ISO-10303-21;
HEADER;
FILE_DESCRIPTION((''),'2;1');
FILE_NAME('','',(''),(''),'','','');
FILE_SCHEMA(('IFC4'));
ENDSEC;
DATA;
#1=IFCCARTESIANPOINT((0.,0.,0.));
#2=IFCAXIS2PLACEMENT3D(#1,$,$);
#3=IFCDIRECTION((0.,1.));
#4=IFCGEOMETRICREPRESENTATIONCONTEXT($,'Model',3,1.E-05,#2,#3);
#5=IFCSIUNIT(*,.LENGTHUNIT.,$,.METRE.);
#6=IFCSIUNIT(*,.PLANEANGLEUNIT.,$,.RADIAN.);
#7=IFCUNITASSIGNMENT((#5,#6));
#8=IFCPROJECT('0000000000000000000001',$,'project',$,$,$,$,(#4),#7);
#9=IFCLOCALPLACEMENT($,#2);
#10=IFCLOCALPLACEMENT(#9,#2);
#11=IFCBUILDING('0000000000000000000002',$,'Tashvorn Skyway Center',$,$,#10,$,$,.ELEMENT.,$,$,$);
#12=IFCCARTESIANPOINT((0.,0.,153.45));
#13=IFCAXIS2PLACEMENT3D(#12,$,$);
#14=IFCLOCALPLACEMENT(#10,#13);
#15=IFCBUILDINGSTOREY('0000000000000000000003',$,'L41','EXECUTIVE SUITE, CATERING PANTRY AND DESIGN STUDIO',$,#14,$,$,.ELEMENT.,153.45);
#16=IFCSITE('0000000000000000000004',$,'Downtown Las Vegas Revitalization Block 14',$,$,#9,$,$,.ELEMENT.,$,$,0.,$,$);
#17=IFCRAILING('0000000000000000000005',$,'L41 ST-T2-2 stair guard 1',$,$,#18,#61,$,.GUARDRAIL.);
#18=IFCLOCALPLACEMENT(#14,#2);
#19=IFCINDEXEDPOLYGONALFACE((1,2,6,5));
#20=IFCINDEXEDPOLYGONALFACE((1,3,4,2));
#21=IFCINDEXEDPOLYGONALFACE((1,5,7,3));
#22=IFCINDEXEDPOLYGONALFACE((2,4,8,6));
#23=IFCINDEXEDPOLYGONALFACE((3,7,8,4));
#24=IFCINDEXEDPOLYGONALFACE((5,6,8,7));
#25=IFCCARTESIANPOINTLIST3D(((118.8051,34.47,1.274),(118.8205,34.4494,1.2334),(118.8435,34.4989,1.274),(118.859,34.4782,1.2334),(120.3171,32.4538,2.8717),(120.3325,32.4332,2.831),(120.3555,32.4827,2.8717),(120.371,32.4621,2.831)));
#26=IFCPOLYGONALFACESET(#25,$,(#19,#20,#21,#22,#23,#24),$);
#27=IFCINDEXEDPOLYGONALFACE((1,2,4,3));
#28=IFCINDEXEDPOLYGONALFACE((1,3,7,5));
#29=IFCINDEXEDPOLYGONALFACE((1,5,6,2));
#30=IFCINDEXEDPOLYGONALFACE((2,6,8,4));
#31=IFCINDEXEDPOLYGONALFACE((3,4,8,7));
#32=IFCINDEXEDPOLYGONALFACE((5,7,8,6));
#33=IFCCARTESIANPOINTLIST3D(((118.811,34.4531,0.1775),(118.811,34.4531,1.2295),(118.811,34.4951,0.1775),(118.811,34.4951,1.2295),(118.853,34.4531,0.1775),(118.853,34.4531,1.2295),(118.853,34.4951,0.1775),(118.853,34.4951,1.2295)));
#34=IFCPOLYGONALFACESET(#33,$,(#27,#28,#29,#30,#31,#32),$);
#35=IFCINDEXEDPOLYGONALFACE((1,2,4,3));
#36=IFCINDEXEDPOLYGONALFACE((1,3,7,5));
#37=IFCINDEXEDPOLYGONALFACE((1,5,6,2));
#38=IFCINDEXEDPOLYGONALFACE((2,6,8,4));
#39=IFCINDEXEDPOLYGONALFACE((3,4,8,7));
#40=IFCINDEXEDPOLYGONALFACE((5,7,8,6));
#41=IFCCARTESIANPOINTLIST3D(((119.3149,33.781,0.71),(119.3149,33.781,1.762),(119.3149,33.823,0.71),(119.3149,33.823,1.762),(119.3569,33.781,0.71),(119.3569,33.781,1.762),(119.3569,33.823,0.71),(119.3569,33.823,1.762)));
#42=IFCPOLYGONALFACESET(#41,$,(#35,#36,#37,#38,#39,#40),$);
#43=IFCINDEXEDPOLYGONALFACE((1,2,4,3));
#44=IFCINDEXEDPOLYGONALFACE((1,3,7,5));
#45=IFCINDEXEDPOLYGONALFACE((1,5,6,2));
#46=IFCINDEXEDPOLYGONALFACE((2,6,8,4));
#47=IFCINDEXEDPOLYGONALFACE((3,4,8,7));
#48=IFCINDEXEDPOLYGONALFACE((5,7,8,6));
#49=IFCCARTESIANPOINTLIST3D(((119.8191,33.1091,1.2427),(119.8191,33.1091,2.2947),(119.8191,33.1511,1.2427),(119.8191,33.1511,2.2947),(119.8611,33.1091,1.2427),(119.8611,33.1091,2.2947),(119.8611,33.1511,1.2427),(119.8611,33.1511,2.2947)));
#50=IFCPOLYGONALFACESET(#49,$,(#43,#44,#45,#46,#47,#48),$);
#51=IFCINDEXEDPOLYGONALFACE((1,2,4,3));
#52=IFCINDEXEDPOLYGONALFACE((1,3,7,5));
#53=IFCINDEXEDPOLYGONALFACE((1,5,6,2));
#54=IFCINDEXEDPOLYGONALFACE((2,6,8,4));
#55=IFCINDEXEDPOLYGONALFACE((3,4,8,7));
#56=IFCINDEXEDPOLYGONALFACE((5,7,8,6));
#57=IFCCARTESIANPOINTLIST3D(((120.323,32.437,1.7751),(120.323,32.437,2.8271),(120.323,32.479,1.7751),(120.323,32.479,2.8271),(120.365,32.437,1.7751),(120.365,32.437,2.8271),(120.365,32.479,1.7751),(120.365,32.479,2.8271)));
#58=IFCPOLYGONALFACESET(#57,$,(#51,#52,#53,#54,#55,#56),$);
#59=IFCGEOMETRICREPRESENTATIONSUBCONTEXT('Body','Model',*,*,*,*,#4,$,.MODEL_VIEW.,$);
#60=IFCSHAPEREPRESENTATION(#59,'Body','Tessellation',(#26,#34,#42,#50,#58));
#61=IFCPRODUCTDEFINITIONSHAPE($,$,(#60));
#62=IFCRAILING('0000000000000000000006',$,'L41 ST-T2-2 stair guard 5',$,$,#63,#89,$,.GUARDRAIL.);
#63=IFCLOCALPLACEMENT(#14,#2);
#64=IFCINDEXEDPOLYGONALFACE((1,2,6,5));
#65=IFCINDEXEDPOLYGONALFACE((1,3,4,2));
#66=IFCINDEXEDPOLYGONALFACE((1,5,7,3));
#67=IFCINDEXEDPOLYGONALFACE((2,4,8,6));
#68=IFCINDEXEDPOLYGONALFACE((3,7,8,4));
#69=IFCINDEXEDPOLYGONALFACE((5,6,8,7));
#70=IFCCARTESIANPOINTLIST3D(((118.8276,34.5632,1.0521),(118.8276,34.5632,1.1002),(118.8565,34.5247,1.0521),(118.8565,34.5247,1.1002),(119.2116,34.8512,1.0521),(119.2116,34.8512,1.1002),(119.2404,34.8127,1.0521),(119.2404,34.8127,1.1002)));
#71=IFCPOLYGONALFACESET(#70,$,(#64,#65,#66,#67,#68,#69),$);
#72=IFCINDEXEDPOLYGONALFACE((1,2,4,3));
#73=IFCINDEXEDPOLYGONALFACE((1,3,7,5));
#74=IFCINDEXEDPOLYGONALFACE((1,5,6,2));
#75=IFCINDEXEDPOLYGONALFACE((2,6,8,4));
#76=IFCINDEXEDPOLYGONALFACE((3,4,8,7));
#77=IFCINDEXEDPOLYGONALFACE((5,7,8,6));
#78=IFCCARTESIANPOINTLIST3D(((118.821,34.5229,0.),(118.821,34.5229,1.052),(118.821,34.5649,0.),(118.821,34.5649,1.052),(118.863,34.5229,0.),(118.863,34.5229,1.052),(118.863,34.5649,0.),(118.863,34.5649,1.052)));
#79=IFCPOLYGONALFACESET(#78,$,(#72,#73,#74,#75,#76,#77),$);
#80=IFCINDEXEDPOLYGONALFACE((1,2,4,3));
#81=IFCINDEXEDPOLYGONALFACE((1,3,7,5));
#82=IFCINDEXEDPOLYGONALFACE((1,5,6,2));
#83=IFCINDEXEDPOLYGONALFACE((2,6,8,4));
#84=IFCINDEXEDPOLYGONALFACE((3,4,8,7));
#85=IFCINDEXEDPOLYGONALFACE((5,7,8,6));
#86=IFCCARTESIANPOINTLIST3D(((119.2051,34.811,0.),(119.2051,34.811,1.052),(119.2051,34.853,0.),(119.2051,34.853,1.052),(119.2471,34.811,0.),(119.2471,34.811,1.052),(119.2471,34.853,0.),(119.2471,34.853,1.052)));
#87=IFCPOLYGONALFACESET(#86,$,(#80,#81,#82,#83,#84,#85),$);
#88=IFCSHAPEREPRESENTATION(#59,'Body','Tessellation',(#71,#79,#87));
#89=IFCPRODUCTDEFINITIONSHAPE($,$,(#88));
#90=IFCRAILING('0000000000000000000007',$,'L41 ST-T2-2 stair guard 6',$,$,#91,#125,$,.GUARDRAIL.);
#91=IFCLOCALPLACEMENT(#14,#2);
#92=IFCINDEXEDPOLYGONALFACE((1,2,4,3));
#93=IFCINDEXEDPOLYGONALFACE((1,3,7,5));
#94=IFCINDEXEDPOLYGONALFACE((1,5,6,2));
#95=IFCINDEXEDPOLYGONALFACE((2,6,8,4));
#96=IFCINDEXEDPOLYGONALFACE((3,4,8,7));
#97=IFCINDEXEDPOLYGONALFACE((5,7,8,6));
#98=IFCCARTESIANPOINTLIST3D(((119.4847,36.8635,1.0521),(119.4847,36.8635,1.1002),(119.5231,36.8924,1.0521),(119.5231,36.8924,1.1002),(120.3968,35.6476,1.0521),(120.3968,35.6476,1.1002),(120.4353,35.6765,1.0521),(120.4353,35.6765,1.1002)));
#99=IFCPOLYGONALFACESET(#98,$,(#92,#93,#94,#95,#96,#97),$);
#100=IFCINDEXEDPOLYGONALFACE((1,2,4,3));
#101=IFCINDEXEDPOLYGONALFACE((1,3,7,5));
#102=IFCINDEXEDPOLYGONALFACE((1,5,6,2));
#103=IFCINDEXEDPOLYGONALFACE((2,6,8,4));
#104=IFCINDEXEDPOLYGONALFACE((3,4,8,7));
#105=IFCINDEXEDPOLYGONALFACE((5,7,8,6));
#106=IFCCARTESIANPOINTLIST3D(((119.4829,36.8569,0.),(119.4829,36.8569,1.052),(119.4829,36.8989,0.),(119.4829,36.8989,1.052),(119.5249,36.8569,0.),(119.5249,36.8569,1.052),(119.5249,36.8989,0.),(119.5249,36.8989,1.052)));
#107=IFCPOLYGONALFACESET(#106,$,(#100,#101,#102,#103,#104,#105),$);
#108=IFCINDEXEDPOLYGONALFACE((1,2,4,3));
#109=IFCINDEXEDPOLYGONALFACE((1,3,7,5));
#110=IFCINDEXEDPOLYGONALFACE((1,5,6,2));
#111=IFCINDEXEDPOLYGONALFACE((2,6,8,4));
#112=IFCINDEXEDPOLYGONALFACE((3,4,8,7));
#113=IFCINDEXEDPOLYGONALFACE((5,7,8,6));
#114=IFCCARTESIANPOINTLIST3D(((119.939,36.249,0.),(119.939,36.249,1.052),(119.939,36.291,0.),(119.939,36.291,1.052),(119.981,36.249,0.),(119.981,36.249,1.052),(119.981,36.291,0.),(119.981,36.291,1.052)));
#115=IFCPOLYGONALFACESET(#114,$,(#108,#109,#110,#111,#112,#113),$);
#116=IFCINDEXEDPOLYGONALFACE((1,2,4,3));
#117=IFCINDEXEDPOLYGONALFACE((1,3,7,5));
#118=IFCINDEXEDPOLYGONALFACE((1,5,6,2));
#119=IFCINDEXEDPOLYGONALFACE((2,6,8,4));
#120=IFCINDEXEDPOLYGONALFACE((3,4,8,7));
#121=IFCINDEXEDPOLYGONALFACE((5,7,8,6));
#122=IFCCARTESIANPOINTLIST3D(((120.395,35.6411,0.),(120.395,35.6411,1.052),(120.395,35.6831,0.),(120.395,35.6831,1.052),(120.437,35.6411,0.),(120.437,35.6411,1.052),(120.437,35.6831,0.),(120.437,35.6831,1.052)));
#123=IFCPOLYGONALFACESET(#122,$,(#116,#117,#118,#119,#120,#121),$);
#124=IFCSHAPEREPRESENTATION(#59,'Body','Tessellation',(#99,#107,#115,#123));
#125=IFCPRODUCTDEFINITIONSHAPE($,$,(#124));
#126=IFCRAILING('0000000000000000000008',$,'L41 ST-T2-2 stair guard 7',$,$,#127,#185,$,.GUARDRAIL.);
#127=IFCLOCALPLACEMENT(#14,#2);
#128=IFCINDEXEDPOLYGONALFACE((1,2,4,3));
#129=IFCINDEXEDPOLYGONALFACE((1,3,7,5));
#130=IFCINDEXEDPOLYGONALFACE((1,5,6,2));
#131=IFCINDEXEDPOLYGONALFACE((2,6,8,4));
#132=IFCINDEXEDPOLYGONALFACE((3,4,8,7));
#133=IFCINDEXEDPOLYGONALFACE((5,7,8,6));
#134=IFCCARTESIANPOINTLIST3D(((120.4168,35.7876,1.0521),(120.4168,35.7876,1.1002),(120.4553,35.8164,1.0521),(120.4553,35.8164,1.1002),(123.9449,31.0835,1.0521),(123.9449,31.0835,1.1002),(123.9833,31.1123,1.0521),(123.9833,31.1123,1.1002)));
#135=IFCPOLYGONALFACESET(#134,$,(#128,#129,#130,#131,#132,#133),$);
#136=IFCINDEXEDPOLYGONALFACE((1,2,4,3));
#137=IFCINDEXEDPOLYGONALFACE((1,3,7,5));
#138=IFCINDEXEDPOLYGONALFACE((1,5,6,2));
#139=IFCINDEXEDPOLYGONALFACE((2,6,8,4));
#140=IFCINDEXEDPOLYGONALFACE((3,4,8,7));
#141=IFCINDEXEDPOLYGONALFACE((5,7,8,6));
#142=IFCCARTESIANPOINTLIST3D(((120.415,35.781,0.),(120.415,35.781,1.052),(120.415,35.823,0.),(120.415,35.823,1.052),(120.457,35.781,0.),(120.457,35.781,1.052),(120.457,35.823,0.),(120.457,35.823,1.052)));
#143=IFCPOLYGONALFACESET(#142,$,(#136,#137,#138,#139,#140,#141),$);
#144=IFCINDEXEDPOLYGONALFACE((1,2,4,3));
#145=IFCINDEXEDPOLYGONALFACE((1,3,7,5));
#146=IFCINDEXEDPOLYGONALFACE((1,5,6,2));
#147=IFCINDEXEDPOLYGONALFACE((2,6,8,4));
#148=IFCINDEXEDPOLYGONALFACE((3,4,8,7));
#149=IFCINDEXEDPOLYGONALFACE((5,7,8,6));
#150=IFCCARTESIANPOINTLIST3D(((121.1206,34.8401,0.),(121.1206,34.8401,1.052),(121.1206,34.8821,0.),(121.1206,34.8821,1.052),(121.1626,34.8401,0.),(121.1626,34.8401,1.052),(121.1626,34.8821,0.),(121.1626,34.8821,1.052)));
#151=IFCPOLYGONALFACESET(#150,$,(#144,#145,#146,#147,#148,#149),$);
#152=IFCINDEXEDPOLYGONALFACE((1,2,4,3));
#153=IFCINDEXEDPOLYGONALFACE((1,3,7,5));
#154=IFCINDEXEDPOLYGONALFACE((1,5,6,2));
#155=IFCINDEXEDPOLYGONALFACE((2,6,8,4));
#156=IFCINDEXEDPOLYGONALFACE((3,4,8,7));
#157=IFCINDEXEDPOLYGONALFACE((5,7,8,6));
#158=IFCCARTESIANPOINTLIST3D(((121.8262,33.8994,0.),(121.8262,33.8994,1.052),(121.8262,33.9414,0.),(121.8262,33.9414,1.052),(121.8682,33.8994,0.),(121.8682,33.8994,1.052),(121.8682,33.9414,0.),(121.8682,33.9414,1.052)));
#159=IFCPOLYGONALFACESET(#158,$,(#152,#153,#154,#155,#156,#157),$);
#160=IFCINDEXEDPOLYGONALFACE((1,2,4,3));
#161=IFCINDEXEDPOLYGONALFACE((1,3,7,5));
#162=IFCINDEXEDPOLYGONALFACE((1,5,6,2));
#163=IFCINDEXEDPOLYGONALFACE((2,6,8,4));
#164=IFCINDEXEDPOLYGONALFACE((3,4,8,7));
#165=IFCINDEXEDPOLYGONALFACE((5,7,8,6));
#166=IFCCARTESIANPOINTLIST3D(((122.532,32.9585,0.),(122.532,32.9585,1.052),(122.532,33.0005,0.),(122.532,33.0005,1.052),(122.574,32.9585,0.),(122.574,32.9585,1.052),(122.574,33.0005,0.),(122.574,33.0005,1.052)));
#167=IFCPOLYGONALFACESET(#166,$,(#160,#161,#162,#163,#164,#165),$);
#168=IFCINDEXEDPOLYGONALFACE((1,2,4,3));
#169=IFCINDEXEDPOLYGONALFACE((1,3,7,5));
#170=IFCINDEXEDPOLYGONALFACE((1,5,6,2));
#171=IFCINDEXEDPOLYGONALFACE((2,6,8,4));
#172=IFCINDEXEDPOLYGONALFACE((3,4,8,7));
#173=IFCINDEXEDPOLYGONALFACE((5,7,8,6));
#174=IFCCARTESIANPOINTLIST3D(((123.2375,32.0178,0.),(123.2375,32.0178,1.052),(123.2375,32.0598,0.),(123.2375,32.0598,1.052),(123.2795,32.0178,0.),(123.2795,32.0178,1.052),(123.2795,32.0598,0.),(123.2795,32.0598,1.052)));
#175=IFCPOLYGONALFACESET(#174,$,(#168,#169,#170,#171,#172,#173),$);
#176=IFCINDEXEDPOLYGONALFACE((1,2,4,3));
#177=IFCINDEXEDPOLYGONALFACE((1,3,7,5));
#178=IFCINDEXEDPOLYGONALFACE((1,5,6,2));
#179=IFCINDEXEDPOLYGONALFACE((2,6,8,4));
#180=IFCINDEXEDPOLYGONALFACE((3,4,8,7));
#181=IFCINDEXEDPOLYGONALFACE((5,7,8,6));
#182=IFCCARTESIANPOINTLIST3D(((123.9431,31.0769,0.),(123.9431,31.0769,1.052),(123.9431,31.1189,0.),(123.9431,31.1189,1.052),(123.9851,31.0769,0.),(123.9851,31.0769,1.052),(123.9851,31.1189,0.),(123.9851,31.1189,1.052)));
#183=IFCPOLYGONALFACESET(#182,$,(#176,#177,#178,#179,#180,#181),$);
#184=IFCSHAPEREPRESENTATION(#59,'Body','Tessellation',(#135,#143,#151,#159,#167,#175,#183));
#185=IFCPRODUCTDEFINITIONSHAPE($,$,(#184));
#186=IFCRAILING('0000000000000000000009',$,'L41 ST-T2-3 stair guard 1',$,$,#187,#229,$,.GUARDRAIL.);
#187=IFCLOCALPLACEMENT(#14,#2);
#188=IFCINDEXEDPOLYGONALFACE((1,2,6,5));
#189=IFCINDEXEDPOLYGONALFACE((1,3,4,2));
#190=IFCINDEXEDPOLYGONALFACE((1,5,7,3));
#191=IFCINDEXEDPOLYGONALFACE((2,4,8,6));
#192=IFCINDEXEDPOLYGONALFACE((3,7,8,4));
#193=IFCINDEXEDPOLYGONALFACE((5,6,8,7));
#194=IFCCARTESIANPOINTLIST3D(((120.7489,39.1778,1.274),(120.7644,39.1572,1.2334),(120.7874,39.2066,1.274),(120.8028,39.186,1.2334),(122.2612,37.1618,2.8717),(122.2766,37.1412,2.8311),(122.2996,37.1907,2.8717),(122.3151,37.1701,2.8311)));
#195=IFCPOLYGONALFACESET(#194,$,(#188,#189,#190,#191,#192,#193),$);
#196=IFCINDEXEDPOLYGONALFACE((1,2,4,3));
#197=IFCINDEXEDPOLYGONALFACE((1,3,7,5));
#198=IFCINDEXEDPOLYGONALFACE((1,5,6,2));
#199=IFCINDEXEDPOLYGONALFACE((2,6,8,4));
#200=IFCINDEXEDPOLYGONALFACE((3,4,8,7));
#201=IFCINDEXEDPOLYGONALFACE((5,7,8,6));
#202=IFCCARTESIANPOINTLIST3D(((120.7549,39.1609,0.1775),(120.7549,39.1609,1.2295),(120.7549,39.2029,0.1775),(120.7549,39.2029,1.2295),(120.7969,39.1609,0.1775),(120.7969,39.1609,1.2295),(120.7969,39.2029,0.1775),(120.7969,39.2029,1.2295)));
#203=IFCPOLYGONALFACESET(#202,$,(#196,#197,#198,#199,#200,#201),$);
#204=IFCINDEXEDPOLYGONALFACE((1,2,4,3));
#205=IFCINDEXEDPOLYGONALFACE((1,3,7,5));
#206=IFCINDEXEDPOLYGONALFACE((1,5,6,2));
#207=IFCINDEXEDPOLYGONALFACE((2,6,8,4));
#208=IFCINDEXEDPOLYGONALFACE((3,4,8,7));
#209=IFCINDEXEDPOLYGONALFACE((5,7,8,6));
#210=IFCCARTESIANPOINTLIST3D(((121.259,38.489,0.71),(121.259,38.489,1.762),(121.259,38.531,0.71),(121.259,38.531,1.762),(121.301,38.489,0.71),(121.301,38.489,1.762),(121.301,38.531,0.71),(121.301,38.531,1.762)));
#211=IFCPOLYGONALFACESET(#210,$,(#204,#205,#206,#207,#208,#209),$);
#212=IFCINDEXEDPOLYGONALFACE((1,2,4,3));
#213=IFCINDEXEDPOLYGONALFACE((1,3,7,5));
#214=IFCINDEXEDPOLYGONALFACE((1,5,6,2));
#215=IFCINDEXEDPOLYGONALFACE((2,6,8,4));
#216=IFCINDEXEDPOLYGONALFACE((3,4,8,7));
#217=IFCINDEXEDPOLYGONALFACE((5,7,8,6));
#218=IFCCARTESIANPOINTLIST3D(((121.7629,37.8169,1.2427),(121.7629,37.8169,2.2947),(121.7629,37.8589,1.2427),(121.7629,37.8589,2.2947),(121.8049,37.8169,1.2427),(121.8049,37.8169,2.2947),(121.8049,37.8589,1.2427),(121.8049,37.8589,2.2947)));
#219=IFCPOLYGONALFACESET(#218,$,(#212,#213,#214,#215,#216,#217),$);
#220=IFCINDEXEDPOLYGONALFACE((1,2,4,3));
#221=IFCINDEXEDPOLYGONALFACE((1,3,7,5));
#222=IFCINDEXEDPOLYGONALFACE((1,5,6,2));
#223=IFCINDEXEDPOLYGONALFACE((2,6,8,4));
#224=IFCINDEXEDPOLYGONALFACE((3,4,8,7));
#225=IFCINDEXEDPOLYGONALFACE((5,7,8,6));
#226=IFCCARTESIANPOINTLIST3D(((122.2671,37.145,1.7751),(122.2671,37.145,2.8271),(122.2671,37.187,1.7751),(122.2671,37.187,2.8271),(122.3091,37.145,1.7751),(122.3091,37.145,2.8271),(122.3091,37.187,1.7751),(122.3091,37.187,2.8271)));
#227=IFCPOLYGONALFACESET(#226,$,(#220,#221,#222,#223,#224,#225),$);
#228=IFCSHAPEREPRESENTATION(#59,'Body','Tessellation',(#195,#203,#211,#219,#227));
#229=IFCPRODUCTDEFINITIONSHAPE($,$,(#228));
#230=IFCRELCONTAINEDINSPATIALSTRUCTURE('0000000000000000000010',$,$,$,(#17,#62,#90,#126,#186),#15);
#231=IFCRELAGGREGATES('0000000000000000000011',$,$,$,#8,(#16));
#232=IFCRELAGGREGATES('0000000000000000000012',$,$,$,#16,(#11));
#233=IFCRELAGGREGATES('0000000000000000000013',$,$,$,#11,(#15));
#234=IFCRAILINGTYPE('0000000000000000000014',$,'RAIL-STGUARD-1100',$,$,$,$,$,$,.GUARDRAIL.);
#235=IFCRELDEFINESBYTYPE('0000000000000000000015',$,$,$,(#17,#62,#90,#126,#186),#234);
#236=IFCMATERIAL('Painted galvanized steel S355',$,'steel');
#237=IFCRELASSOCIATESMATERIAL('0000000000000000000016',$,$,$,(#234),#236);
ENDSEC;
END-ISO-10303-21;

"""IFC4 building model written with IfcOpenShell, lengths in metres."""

from ifc_helpers import new_model, si_unit, direction, frame, origin, origin_2d, place, context, subcontext, project, spatial, rectangle, extrude, material, type_object, element, save


model = new_model("IFC4")

# Units and contexts
model_context = context("Model", 3, precision=1e-05, world=origin(), true_north=direction((0.0, 1.0)))
body_context = subcontext(model_context, "Body", "Model", "MODEL_VIEW")
ifc_project = project(units=[si_unit("LENGTHUNIT", "METRE"), si_unit("PLANEANGLEUNIT", "RADIAN")], contexts=[model_context])

# Site, building, storey
site_placement = place(None, origin())
site = spatial("IfcSite", under=ifc_project, at=site_placement, Name="Downtown Las Vegas Revitalization Block 14", CompositionType="ELEMENT", RefElevation=0.0)
building_placement = place(site_placement, origin())
building = spatial("IfcBuilding", under=site, at=building_placement, Name="Tashvorn Skyway Center", CompositionType="ELEMENT")
storey_placement = place(building_placement, frame((0.0, 0.0, 153.45)))
storey = spatial("IfcBuildingStorey", under=building, at=storey_placement, Name="L41", Description="EXECUTIVE SUITE, CATERING PANTRY AND DESIGN STUDIO", CompositionType="ELEMENT", Elevation=153.45)

# Railings
ifc_material_1 = material(Name="Painted galvanized steel S355", Category="steel")
railing_type_1 = type_object("IfcRailingType", Name="RAIL-STGUARD-1100", PredefinedType="GUARDRAIL", material=ifc_material_1)
railing_1_placement = place(storey_placement, frame((118.832, 34.4741, 0.1775)))
element("IfcRailing", 1, at=railing_1_placement, inside=storey, type_object=railing_type_1, Name="L41 ST-T2-2 stair guard 1", PredefinedType="GUARDRAIL", context=body_context, shape_type="SweptSolid", body=[
    extrude(rectangle(XDim=0.0481, YDim=0.0481, at=origin_2d()), frame((0.0, 0.0, 1.0762), z_axis=(0.506719, -0.675679, 0.535438), x_axis=(0.800023, 0.599969, 0.0)), (0.0, 0.0, 1.0), 2.9839),
    extrude(rectangle(XDim=0.042, YDim=0.042, at=origin_2d()), origin(), (0.0, 0.0, 1.0), 1.052),
    extrude(rectangle(XDim=0.042, YDim=0.042, at=origin_2d()), frame((0.5039, -0.6721, 0.5325)), (0.0, 0.0, 1.0), 1.052),
    extrude(rectangle(XDim=0.042, YDim=0.042, at=origin_2d()), frame((1.0081, -1.344, 1.0652)), (0.0, 0.0, 1.0), 1.052),
    extrude(rectangle(XDim=0.042, YDim=0.042, at=origin_2d()), frame((1.512, -2.0161, 1.5977)), (0.0, 0.0, 1.0), 1.052),
])
railing_2_placement = place(storey_placement, frame((118.842, 34.5439, 0.0)))
element("IfcRailing", 2, at=railing_2_placement, inside=storey, type_object=railing_type_1, Name="L41 ST-T2-2 stair guard 5", PredefinedType="GUARDRAIL", context=body_context, shape_type="SweptSolid", body=[
    extrude(rectangle(XDim=0.0481, YDim=0.0481, at=origin_2d()), frame((0.0, 0.0, 1.0762), z_axis=(0.799939, 0.600081, 0.0), x_axis=(-0.600081, 0.799939, 0.0)), (0.0, 0.0, 1.0), 0.48),
    extrude(rectangle(XDim=0.042, YDim=0.042, at=origin_2d()), origin(), (0.0, 0.0, 1.0), 1.052),
    extrude(rectangle(XDim=0.042, YDim=0.042, at=origin_2d()), frame((0.384, 0.2881, 0.0)), (0.0, 0.0, 1.0), 1.052),
])
railing_3_placement = place(storey_placement, frame((119.5039, 36.8779, 0.0)))
element("IfcRailing", 3, at=railing_3_placement, inside=storey, type_object=railing_type_1, Name="L41 ST-T2-2 stair guard 6", PredefinedType="GUARDRAIL", context=body_context, shape_type="SweptSolid", body=[
    extrude(rectangle(XDim=0.0481, YDim=0.0481, at=origin_2d()), frame((0.0, 0.0, 1.0762), z_axis=(0.600103, -0.799923, 0.0), x_axis=(0.799923, 0.600103, 0.0)), (0.0, 0.0, 1.0), 1.52),
    extrude(rectangle(XDim=0.042, YDim=0.042, at=origin_2d()), origin(), (0.0, 0.0, 1.0), 1.052),
    extrude(rectangle(XDim=0.042, YDim=0.042, at=origin_2d()), frame((0.4561, -0.6079, 0.0)), (0.0, 0.0, 1.0), 1.052),
    extrude(rectangle(XDim=0.042, YDim=0.042, at=origin_2d()), frame((0.9121, -1.2158, 0.0)), (0.0, 0.0, 1.0), 1.052),
])
railing_4_placement = place(storey_placement, frame((120.436, 35.802, 0.0)))
element("IfcRailing", 4, at=railing_4_placement, inside=storey, type_object=railing_type_1, Name="L41 ST-T2-2 stair guard 7", PredefinedType="GUARDRAIL", context=body_context, shape_type="SweptSolid", body=[
    extrude(rectangle(XDim=0.0481, YDim=0.0481, at=origin_2d()), frame((0.0, 0.0, 1.0762), z_axis=(0.6, -0.8, 0.0), x_axis=(0.8, 0.6, 0.0)), (0.0, 0.0, 1.0), 5.8801),
    extrude(rectangle(XDim=0.042, YDim=0.042, at=origin_2d()), origin(), (0.0, 0.0, 1.0), 1.052),
    extrude(rectangle(XDim=0.042, YDim=0.042, at=origin_2d()), frame((0.7056, -0.9409, 0.0)), (0.0, 0.0, 1.0), 1.052),
    extrude(rectangle(XDim=0.042, YDim=0.042, at=origin_2d()), frame((1.4111, -1.8816, 0.0)), (0.0, 0.0, 1.0), 1.052),
    extrude(rectangle(XDim=0.042, YDim=0.042, at=origin_2d()), frame((2.1169, -2.8225, 0.0)), (0.0, 0.0, 1.0), 1.052),
    extrude(rectangle(XDim=0.042, YDim=0.042, at=origin_2d()), frame((2.8225, -3.7632, 0.0)), (0.0, 0.0, 1.0), 1.052),
    extrude(rectangle(XDim=0.042, YDim=0.042, at=origin_2d()), frame((3.5281, -4.7041, 0.0)), (0.0, 0.0, 1.0), 1.052),
])
railing_5_placement = place(storey_placement, frame((120.7759, 39.1819, 0.1775)))
element("IfcRailing", 5, at=railing_5_placement, inside=storey, type_object=railing_type_1, Name="L41 ST-T2-3 stair guard 1", PredefinedType="GUARDRAIL", context=body_context, shape_type="SweptSolid", body=[
    extrude(rectangle(XDim=0.0481, YDim=0.0481, at=origin_2d()), frame((0.0, 0.0, 1.0762), z_axis=(0.506807, -0.675607, 0.535445), x_axis=(0.799942, 0.600078, 0.0)), (0.0, 0.0, 1.0), 2.9839),
    extrude(rectangle(XDim=0.042, YDim=0.042, at=origin_2d()), origin(), (0.0, 0.0, 1.0), 1.052),
    extrude(rectangle(XDim=0.042, YDim=0.042, at=origin_2d()), frame((0.5042, -0.6719, 0.5325)), (0.0, 0.0, 1.0), 1.052),
    extrude(rectangle(XDim=0.042, YDim=0.042, at=origin_2d()), frame((1.0081, -1.344, 1.0652)), (0.0, 0.0, 1.0), 1.052),
    extrude(rectangle(XDim=0.042, YDim=0.042, at=origin_2d()), frame((1.5122, -2.0159, 1.5977)), (0.0, 0.0, 1.0), 1.052),
])

save(model, "model.ifc")
